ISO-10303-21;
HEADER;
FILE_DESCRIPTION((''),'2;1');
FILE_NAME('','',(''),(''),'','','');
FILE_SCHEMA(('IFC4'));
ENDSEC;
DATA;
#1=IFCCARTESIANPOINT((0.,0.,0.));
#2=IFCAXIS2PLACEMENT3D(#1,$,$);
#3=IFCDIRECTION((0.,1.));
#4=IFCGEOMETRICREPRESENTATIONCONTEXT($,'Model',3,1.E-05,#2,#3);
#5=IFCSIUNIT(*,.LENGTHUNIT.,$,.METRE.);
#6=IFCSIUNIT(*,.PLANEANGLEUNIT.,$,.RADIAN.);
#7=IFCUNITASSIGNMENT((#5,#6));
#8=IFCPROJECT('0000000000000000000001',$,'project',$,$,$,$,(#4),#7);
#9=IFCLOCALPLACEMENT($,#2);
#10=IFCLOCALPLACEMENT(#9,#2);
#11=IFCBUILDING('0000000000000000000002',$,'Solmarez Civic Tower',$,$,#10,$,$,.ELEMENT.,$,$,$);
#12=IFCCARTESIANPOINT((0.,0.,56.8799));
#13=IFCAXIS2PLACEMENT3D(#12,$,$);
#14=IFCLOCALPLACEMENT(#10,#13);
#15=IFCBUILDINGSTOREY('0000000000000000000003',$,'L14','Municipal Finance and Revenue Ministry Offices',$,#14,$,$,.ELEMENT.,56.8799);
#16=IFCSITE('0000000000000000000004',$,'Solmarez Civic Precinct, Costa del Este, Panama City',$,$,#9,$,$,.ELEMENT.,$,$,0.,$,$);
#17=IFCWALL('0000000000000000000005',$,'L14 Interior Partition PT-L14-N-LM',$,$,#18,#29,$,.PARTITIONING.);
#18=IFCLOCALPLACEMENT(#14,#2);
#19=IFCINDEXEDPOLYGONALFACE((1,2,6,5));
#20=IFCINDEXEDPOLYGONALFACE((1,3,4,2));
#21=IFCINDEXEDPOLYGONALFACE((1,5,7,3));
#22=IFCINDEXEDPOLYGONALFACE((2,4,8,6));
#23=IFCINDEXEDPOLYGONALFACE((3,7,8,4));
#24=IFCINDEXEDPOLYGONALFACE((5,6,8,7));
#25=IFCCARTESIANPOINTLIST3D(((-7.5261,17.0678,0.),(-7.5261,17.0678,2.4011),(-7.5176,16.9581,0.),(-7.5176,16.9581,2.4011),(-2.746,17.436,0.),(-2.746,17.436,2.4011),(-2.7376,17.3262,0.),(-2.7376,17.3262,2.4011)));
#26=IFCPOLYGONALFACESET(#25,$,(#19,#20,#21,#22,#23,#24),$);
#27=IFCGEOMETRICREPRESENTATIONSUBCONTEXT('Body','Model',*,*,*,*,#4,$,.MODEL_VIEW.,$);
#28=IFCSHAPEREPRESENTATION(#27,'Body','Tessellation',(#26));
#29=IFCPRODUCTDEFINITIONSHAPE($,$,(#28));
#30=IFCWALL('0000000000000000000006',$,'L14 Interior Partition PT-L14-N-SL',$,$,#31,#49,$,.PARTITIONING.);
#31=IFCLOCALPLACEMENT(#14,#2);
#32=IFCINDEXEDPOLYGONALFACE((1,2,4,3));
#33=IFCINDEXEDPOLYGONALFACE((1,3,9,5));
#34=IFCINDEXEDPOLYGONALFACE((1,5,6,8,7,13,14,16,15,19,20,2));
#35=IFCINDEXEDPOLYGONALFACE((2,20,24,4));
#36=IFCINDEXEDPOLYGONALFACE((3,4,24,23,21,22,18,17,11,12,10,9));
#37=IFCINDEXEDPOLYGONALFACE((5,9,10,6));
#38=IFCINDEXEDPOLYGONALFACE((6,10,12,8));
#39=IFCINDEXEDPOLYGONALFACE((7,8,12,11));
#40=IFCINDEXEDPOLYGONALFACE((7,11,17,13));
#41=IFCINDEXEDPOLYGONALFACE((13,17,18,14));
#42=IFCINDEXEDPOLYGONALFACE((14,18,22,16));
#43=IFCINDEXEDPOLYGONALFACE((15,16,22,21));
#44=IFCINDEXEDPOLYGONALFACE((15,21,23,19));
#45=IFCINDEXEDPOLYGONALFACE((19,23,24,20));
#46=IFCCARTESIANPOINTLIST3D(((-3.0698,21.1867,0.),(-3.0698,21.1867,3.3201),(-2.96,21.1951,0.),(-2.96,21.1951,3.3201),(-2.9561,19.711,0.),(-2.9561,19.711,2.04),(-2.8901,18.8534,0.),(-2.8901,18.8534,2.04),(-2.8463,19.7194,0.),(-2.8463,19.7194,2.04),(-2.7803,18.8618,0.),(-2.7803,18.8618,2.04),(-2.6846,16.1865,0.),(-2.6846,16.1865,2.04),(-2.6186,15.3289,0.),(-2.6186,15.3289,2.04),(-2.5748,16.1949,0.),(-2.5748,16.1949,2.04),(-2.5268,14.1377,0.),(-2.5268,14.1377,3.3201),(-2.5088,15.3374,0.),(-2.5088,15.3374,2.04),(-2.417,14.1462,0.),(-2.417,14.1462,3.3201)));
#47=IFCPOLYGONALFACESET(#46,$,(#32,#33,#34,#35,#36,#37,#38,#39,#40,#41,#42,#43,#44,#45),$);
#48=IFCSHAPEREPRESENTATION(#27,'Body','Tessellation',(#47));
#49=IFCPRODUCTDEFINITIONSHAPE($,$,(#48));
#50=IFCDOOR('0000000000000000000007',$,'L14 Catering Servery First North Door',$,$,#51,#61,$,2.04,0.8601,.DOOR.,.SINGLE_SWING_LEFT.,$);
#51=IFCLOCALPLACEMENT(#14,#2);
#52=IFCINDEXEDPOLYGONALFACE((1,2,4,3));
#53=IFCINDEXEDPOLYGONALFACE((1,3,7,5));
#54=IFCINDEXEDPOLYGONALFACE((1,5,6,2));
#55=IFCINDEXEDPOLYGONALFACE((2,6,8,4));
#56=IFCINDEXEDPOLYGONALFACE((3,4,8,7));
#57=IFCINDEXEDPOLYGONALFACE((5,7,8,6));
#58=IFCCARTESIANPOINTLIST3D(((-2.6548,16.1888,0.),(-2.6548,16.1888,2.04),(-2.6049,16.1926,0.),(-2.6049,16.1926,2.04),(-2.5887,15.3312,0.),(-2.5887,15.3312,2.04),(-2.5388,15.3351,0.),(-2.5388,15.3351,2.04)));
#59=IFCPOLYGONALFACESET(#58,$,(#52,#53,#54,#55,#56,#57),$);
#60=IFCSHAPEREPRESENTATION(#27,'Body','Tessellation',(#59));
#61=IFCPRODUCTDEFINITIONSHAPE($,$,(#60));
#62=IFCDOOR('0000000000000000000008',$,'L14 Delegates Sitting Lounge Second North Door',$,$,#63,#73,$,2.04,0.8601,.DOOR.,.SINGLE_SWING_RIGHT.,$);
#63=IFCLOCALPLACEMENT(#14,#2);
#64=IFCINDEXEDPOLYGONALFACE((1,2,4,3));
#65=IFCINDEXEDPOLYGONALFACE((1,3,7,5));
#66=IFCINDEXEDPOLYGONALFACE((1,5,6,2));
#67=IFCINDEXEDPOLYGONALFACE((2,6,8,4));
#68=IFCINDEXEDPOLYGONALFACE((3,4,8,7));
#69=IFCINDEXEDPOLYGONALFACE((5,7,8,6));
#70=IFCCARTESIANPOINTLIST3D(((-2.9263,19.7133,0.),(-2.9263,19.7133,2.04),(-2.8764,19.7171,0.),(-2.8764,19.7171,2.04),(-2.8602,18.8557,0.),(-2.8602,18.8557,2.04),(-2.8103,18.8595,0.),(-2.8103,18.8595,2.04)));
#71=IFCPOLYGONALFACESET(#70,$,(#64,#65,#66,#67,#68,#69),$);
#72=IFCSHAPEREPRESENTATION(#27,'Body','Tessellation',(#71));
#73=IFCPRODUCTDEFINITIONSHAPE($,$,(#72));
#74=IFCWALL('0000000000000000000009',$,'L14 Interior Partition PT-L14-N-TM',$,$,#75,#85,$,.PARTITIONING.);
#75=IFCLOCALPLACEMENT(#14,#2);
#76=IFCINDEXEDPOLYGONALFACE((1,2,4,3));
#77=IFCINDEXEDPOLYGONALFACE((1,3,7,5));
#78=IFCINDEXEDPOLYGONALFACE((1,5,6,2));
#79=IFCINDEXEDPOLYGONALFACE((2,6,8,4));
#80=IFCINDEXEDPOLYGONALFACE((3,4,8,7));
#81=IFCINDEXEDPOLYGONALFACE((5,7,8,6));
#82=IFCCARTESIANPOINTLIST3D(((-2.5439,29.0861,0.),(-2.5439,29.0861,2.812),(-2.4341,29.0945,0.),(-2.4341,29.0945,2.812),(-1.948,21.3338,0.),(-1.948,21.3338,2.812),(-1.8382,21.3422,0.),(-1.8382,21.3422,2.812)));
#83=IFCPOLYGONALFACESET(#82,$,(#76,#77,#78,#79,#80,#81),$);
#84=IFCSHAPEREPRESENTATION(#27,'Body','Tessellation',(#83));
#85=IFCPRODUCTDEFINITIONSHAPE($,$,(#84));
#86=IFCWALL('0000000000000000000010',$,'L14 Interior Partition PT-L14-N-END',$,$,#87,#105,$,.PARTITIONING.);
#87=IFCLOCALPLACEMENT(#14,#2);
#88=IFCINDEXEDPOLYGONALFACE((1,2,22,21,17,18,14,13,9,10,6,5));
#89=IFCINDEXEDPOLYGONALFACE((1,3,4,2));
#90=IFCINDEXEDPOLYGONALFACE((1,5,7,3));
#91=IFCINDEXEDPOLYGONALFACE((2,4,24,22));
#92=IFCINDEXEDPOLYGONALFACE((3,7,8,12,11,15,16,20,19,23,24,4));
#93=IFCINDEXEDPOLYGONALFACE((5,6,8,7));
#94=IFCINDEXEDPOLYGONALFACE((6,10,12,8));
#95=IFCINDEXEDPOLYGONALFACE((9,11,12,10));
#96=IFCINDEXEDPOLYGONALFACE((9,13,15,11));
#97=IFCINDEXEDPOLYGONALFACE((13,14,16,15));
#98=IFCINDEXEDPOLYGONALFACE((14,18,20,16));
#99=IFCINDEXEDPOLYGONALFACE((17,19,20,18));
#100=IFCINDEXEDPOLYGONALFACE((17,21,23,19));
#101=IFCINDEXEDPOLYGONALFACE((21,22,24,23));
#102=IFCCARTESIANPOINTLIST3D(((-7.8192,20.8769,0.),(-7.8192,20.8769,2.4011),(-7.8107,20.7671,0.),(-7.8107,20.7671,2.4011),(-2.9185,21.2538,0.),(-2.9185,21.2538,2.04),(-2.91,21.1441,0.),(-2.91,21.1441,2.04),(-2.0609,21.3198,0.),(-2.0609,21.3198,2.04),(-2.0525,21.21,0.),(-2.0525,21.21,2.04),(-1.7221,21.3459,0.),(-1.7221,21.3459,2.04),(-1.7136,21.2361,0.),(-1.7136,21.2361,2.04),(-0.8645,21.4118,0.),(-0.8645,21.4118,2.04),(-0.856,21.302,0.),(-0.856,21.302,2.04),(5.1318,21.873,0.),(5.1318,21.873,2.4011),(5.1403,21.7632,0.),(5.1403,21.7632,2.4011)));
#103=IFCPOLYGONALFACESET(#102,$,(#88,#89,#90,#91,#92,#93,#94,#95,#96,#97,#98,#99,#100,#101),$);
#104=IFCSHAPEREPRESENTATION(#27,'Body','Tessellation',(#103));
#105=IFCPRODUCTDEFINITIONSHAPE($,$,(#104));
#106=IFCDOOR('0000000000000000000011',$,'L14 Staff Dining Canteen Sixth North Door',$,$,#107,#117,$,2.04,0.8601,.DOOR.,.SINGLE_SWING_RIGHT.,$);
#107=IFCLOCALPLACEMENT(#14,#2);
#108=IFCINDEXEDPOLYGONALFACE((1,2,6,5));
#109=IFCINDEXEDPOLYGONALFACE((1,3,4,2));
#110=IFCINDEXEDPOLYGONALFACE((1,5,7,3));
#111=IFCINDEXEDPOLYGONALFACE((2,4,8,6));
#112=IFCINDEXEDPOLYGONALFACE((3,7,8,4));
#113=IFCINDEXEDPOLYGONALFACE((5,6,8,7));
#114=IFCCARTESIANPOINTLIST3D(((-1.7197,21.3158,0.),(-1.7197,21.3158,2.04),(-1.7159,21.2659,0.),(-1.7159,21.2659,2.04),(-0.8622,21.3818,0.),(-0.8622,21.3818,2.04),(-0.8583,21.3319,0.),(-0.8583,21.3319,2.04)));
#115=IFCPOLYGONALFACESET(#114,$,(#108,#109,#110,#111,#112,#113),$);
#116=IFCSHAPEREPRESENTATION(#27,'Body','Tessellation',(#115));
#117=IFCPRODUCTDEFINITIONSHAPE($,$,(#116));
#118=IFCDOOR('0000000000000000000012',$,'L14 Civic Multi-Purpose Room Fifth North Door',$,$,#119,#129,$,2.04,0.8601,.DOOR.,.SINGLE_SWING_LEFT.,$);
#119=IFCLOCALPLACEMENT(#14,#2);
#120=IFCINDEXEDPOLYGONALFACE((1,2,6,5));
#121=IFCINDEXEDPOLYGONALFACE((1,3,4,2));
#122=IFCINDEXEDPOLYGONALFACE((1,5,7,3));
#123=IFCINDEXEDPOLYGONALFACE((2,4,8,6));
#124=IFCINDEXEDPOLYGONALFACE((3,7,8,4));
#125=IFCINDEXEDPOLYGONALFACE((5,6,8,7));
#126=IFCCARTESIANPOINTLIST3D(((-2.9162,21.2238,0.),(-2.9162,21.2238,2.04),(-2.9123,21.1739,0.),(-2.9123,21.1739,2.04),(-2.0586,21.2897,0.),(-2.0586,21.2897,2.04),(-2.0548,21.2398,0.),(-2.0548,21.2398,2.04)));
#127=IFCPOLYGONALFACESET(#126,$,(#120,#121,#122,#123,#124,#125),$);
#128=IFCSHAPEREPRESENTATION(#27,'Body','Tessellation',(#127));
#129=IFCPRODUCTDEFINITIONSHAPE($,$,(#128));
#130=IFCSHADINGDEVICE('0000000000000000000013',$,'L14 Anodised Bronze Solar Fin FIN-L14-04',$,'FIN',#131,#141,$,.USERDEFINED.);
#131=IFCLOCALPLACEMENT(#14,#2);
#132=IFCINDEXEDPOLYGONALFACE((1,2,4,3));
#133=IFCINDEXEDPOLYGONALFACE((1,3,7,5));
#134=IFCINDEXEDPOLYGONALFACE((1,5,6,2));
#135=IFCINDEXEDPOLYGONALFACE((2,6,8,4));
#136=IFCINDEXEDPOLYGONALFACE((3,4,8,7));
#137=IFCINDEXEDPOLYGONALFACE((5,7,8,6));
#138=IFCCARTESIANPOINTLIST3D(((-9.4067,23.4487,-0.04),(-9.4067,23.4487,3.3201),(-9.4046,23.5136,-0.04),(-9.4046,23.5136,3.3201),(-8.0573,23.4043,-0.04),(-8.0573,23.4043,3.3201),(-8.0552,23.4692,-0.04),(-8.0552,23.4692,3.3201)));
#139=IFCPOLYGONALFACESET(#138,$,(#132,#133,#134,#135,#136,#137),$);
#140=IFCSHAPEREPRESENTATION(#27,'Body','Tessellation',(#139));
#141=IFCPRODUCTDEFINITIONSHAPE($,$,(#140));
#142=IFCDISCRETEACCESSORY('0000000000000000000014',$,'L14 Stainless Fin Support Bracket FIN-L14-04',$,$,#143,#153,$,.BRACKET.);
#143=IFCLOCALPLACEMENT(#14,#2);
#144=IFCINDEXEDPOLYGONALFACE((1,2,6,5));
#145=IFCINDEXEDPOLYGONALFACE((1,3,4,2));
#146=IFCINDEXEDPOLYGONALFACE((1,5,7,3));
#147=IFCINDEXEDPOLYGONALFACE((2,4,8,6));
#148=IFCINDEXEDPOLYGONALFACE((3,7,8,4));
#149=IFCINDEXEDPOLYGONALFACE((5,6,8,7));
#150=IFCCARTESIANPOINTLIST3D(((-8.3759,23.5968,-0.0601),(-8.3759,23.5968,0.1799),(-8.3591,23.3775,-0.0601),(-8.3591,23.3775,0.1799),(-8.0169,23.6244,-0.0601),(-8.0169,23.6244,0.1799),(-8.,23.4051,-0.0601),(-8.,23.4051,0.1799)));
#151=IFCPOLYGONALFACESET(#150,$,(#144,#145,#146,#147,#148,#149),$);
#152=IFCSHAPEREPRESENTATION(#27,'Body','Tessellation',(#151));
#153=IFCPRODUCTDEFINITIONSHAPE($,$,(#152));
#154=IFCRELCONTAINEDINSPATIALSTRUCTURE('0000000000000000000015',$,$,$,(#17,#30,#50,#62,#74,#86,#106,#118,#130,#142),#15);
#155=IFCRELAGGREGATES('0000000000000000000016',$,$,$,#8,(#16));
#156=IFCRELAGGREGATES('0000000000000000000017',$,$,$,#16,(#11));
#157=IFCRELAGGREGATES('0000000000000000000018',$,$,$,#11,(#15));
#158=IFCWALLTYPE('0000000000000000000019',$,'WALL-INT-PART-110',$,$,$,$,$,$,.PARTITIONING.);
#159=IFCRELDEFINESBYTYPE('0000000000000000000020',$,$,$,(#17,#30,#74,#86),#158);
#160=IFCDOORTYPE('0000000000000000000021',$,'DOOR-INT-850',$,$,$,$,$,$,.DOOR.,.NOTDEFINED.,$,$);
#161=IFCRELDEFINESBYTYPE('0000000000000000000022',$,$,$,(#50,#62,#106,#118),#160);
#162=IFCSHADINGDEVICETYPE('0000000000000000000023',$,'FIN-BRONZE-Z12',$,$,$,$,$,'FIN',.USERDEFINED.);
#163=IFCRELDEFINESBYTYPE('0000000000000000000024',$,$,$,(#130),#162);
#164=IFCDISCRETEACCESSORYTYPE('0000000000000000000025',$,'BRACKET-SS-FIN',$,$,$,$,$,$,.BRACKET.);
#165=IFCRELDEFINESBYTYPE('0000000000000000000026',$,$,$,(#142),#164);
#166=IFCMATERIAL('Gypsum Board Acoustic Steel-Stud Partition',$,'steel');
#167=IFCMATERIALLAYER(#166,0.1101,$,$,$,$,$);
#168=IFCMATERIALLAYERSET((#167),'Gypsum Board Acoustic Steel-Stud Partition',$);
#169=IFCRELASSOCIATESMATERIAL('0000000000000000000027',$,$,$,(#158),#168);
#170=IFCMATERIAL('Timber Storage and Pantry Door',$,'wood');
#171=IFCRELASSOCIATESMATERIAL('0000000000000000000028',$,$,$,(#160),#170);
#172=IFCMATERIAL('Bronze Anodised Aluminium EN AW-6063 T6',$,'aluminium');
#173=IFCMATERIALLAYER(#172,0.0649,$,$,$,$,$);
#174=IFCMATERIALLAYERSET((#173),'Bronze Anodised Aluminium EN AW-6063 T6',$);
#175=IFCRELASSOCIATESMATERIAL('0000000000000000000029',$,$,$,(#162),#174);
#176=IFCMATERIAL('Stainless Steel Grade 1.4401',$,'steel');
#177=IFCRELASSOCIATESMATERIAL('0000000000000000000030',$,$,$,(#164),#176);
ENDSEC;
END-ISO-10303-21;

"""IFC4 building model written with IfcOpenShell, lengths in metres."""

from ifc_helpers import new_model, si_unit, direction, frame, frame_2d, origin, origin_2d, place, context, subcontext, project, spatial, rectangle, extrude, material, layer, layer_set, type_object, element, fill, save


model = new_model("IFC4")

# Units and contexts
model_context = context("Model", 3, precision=1e-05, world=origin(), true_north=direction((0.0, 1.0)))
body_context = subcontext(model_context, "Body", "Model", "MODEL_VIEW")
ifc_project = project(units=[si_unit("LENGTHUNIT", "METRE"), si_unit("PLANEANGLEUNIT", "RADIAN")], contexts=[model_context])

# Site, building, storey
site_placement = place(None, origin())
site = spatial("IfcSite", under=ifc_project, at=site_placement, Name="Solmarez Civic Precinct, Costa del Este, Panama City", CompositionType="ELEMENT", RefElevation=0.0)
building_placement = place(site_placement, origin())
building = spatial("IfcBuilding", under=site, at=building_placement, Name="Solmarez Civic Tower", CompositionType="ELEMENT")
storey_placement = place(building_placement, frame((0.0, 0.0, 56.8799)))
storey = spatial("IfcBuildingStorey", under=building, at=storey_placement, Name="L14", Description="Municipal Finance and Revenue Ministry Offices", CompositionType="ELEMENT", Elevation=56.8799)

# Wall
ifc_material_1 = material(Name="Gypsum Board Acoustic Steel-Stud Partition", Category="steel")
ifc_layer_1 = layer(ifc_material_1, 0.1101)
ifc_layer_set_1 = layer_set([ifc_layer_1], Name="Gypsum Board Acoustic Steel-Stud Partition")
wall_type_1 = type_object("IfcWallType", Name="WALL-INT-PART-110", PredefinedType="PARTITIONING", material=ifc_layer_set_1)
wall_1_placement = place(storey_placement, frame((-2.7419, 17.3811, 0.0), z_axis=(0.0, 0.0, 1.0), x_axis=(-0.997047, -0.076794, 0.0)))
element("IfcWall", 1, at=wall_1_placement, inside=storey, type_object=wall_type_1, Name="L14 Interior Partition PT-L14-N-LM", PredefinedType="PARTITIONING", context=body_context, shape_type="SweptSolid", body=[
    extrude(rectangle(XDim=4.7942, YDim=0.1101, at=frame_2d((2.397, 0.0))), origin(), (0.0, 0.0, 1.0), 2.4011),
])

# Wall, openings, doors
wall_2_placement = place(storey_placement, frame((-3.0149, 21.1909, 0.0), z_axis=(0.0, 0.0, 1.0), x_axis=(0.076802, -0.997046, 0.0)))
wall_2 = element("IfcWall", 2, at=wall_2_placement, inside=storey, type_object=wall_type_1, Name="L14 Interior Partition PT-L14-N-SL", PredefinedType="PARTITIONING", context=body_context, shape_type="SweptSolid", body=[
    extrude(rectangle(XDim=7.0698, YDim=0.1101, at=frame_2d((3.5349, 0.0))), origin(), (0.0, 0.0, 1.0), 3.3201),
])
opening_1_placement = place(wall_2_placement, frame((5.0149, 0.0, 0.0)))
opening_1 = element("IfcOpeningElement", 3, at=opening_1_placement, cuts=wall_2, PredefinedType="OPENING", context=body_context, shape_type="SweptSolid", body=[
    extrude(rectangle(XDim=0.8601, YDim=2.04, at=frame_2d((0.4302, 1.02))), frame((0.0, 0.0649, 0.0), z_axis=(0.0, -1.0, 0.0), x_axis=(1.0, 0.0, 0.0)), (0.0, 0.0, 1.0), 0.1301),
])
opening_2_placement = place(wall_2_placement, frame((1.48, 0.0, 0.0)))
opening_2 = element("IfcOpeningElement", 4, at=opening_2_placement, cuts=wall_2, PredefinedType="OPENING", context=body_context, shape_type="SweptSolid", body=[
    extrude(rectangle(XDim=0.8601, YDim=2.04, at=frame_2d((0.4302, 1.02))), frame((0.0, 0.0649, 0.0), z_axis=(0.0, -1.0, 0.0), x_axis=(1.0, 0.0, 0.0)), (0.0, 0.0, 1.0), 0.1301),
])
ifc_material_2 = material(Name="Timber Storage and Pantry Door", Category="wood")
door_type = type_object("IfcDoorType", Name="DOOR-INT-850", OperationType="NOTDEFINED", PredefinedType="DOOR", material=ifc_material_2)
door_1_placement = place(opening_1_placement, origin())
door_1 = element("IfcDoor", 5, at=door_1_placement, inside=storey, type_object=door_type, Name="L14 Catering Servery First North Door", OperationType="SINGLE_SWING_LEFT", OverallHeight=2.04, OverallWidth=0.8601, PredefinedType="DOOR", context=body_context, shape_type="SweptSolid", body=[
    extrude(rectangle(XDim=0.8601, YDim=2.04, at=frame_2d((0.4302, 1.02))), frame((0.0, 0.0249, 0.0), z_axis=(0.0, -1.0, 0.0), x_axis=(1.0, 0.0, 0.0)), (0.0, 0.0, 1.0), 0.05),
])
fill(opening_1, door_1)
door_2_placement = place(opening_2_placement, origin())
door_2 = element("IfcDoor", 6, at=door_2_placement, inside=storey, type_object=door_type, Name="L14 Delegates Sitting Lounge Second North Door", OperationType="SINGLE_SWING_RIGHT", OverallHeight=2.04, OverallWidth=0.8601, PredefinedType="DOOR", context=body_context, shape_type="SweptSolid", body=[
    extrude(rectangle(XDim=0.8601, YDim=2.04, at=frame_2d((0.4302, 1.02))), frame((0.0, 0.0249, 0.0), z_axis=(0.0, -1.0, 0.0), x_axis=(1.0, 0.0, 0.0)), (0.0, 0.0, 1.0), 0.05),
])
fill(opening_2, door_2)

# Wall
wall_3_placement = place(storey_placement, frame((-1.8931, 21.3379, 0.0), z_axis=(0.0, 0.0, 1.0), x_axis=(-0.076648, 0.997058, 0.0)))
element("IfcWall", 7, at=wall_3_placement, inside=storey, type_object=wall_type_1, Name="L14 Interior Partition PT-L14-N-TM", PredefinedType="PARTITIONING", context=body_context, shape_type="SweptSolid", body=[
    extrude(rectangle(XDim=7.7751, YDim=0.1101, at=frame_2d((3.8877, 0.0))), origin(), (0.0, 0.0, 1.0), 2.812),
])

# Wall, openings, doors
wall_4_placement = place(storey_placement, frame((-7.8149, 20.822, 0.0), z_axis=(0.0, 0.0, 1.0), x_axis=(0.997055, 0.076686, 0.0)))
wall_4 = element("IfcWall", 8, at=wall_4_placement, inside=storey, type_object=wall_type_1, Name="L14 Interior Partition PT-L14-N-END", PredefinedType="PARTITIONING", context=body_context, shape_type="SweptSolid", body=[
    extrude(rectangle(XDim=12.9893, YDim=0.1101, at=frame_2d((6.4946, 0.0))), origin(), (0.0, 0.0, 1.0), 2.4011),
])
opening_3_placement = place(wall_4_placement, frame((6.115, 0.0, 0.0)))
opening_3 = element("IfcOpeningElement", 9, at=opening_3_placement, cuts=wall_4, PredefinedType="OPENING", context=body_context, shape_type="SweptSolid", body=[
    extrude(rectangle(XDim=0.8601, YDim=2.04, at=frame_2d((0.4302, 1.02))), frame((0.0, 0.0649, 0.0), z_axis=(0.0, -1.0, 0.0), x_axis=(1.0, 0.0, 0.0)), (0.0, 0.0, 1.0), 0.1301),
])
opening_4_placement = place(wall_4_placement, frame((4.915, 0.0, 0.0)))
opening_4 = element("IfcOpeningElement", 10, at=opening_4_placement, cuts=wall_4, PredefinedType="OPENING", context=body_context, shape_type="SweptSolid", body=[
    extrude(rectangle(XDim=0.8601, YDim=2.04, at=frame_2d((0.4302, 1.02))), frame((0.0, 0.0649, 0.0), z_axis=(0.0, -1.0, 0.0), x_axis=(1.0, 0.0, 0.0)), (0.0, 0.0, 1.0), 0.1301),
])
door_3_placement = place(opening_3_placement, origin())
door_3 = element("IfcDoor", 11, at=door_3_placement, inside=storey, type_object=door_type, Name="L14 Staff Dining Canteen Sixth North Door", OperationType="SINGLE_SWING_RIGHT", OverallHeight=2.04, OverallWidth=0.8601, PredefinedType="DOOR", context=body_context, shape_type="SweptSolid", body=[
    extrude(rectangle(XDim=0.8601, YDim=2.04, at=frame_2d((0.4302, 1.02))), frame((0.0, 0.0249, 0.0), z_axis=(0.0, -1.0, 0.0), x_axis=(1.0, 0.0, 0.0)), (0.0, 0.0, 1.0), 0.05),
])
fill(opening_3, door_3)
door_4_placement = place(opening_4_placement, origin())
door_4 = element("IfcDoor", 12, at=door_4_placement, inside=storey, type_object=door_type, Name="L14 Civic Multi-Purpose Room Fifth North Door", OperationType="SINGLE_SWING_LEFT", OverallHeight=2.04, OverallWidth=0.8601, PredefinedType="DOOR", context=body_context, shape_type="SweptSolid", body=[
    extrude(rectangle(XDim=0.8601, YDim=2.04, at=frame_2d((0.4302, 1.02))), frame((0.0, 0.0249, 0.0), z_axis=(0.0, -1.0, 0.0), x_axis=(1.0, 0.0, 0.0)), (0.0, 0.0, 1.0), 0.05),
])
fill(opening_4, door_4)

# Shading device
ifc_material_3 = material(Name="Bronze Anodised Aluminium EN AW-6063 T6", Category="aluminium")
ifc_layer_2 = layer(ifc_material_3, 0.0649)
ifc_layer_set_2 = layer_set([ifc_layer_2], Name="Bronze Anodised Aluminium EN AW-6063 T6")
shading_device_type = type_object("IfcShadingDeviceType", Name="FIN-BRONZE-Z12", ElementType="FIN", PredefinedType="USERDEFINED", material=ifc_layer_set_2)
shading_device_placement = place(storey_placement, frame((-8.731, 23.459, -0.04), z_axis=(0.0, 0.0, 1.0), x_axis=(-0.999459, 0.032894, 0.0)))
element("IfcShadingDevice", 13, at=shading_device_placement, inside=storey, type_object=shading_device_type, Name="L14 Anodised Bronze Solar Fin FIN-L14-04", ObjectType="FIN", PredefinedType="USERDEFINED", context=body_context, shape_type="SweptSolid", body=[
    extrude(rectangle(XDim=1.3501, YDim=0.0649, at=origin_2d()), origin(), (0.0, 0.0, 1.0), 3.3601),
])

# Discrete accessory
ifc_material_4 = material(Name="Stainless Steel Grade 1.4401", Category="steel")
discrete_accessory_type = type_object("IfcDiscreteAccessoryType", Name="BRACKET-SS-FIN", PredefinedType="BRACKET", material=ifc_material_4)
discrete_accessory_placement = place(storey_placement, frame((-8.188, 23.501, -0.0601), z_axis=(0.0, 0.0, 1.0), x_axis=(-0.997056, -0.076679, 0.0)))
element("IfcDiscreteAccessory", 14, at=discrete_accessory_placement, inside=storey, type_object=discrete_accessory_type, Name="L14 Stainless Fin Support Bracket FIN-L14-04", PredefinedType="BRACKET", context=body_context, shape_type="SweptSolid", body=[
    extrude(rectangle(XDim=0.3601, YDim=0.22, at=origin_2d()), origin(), (0.0, 0.0, 1.0), 0.24),
])

save(model, "model.ifc")
